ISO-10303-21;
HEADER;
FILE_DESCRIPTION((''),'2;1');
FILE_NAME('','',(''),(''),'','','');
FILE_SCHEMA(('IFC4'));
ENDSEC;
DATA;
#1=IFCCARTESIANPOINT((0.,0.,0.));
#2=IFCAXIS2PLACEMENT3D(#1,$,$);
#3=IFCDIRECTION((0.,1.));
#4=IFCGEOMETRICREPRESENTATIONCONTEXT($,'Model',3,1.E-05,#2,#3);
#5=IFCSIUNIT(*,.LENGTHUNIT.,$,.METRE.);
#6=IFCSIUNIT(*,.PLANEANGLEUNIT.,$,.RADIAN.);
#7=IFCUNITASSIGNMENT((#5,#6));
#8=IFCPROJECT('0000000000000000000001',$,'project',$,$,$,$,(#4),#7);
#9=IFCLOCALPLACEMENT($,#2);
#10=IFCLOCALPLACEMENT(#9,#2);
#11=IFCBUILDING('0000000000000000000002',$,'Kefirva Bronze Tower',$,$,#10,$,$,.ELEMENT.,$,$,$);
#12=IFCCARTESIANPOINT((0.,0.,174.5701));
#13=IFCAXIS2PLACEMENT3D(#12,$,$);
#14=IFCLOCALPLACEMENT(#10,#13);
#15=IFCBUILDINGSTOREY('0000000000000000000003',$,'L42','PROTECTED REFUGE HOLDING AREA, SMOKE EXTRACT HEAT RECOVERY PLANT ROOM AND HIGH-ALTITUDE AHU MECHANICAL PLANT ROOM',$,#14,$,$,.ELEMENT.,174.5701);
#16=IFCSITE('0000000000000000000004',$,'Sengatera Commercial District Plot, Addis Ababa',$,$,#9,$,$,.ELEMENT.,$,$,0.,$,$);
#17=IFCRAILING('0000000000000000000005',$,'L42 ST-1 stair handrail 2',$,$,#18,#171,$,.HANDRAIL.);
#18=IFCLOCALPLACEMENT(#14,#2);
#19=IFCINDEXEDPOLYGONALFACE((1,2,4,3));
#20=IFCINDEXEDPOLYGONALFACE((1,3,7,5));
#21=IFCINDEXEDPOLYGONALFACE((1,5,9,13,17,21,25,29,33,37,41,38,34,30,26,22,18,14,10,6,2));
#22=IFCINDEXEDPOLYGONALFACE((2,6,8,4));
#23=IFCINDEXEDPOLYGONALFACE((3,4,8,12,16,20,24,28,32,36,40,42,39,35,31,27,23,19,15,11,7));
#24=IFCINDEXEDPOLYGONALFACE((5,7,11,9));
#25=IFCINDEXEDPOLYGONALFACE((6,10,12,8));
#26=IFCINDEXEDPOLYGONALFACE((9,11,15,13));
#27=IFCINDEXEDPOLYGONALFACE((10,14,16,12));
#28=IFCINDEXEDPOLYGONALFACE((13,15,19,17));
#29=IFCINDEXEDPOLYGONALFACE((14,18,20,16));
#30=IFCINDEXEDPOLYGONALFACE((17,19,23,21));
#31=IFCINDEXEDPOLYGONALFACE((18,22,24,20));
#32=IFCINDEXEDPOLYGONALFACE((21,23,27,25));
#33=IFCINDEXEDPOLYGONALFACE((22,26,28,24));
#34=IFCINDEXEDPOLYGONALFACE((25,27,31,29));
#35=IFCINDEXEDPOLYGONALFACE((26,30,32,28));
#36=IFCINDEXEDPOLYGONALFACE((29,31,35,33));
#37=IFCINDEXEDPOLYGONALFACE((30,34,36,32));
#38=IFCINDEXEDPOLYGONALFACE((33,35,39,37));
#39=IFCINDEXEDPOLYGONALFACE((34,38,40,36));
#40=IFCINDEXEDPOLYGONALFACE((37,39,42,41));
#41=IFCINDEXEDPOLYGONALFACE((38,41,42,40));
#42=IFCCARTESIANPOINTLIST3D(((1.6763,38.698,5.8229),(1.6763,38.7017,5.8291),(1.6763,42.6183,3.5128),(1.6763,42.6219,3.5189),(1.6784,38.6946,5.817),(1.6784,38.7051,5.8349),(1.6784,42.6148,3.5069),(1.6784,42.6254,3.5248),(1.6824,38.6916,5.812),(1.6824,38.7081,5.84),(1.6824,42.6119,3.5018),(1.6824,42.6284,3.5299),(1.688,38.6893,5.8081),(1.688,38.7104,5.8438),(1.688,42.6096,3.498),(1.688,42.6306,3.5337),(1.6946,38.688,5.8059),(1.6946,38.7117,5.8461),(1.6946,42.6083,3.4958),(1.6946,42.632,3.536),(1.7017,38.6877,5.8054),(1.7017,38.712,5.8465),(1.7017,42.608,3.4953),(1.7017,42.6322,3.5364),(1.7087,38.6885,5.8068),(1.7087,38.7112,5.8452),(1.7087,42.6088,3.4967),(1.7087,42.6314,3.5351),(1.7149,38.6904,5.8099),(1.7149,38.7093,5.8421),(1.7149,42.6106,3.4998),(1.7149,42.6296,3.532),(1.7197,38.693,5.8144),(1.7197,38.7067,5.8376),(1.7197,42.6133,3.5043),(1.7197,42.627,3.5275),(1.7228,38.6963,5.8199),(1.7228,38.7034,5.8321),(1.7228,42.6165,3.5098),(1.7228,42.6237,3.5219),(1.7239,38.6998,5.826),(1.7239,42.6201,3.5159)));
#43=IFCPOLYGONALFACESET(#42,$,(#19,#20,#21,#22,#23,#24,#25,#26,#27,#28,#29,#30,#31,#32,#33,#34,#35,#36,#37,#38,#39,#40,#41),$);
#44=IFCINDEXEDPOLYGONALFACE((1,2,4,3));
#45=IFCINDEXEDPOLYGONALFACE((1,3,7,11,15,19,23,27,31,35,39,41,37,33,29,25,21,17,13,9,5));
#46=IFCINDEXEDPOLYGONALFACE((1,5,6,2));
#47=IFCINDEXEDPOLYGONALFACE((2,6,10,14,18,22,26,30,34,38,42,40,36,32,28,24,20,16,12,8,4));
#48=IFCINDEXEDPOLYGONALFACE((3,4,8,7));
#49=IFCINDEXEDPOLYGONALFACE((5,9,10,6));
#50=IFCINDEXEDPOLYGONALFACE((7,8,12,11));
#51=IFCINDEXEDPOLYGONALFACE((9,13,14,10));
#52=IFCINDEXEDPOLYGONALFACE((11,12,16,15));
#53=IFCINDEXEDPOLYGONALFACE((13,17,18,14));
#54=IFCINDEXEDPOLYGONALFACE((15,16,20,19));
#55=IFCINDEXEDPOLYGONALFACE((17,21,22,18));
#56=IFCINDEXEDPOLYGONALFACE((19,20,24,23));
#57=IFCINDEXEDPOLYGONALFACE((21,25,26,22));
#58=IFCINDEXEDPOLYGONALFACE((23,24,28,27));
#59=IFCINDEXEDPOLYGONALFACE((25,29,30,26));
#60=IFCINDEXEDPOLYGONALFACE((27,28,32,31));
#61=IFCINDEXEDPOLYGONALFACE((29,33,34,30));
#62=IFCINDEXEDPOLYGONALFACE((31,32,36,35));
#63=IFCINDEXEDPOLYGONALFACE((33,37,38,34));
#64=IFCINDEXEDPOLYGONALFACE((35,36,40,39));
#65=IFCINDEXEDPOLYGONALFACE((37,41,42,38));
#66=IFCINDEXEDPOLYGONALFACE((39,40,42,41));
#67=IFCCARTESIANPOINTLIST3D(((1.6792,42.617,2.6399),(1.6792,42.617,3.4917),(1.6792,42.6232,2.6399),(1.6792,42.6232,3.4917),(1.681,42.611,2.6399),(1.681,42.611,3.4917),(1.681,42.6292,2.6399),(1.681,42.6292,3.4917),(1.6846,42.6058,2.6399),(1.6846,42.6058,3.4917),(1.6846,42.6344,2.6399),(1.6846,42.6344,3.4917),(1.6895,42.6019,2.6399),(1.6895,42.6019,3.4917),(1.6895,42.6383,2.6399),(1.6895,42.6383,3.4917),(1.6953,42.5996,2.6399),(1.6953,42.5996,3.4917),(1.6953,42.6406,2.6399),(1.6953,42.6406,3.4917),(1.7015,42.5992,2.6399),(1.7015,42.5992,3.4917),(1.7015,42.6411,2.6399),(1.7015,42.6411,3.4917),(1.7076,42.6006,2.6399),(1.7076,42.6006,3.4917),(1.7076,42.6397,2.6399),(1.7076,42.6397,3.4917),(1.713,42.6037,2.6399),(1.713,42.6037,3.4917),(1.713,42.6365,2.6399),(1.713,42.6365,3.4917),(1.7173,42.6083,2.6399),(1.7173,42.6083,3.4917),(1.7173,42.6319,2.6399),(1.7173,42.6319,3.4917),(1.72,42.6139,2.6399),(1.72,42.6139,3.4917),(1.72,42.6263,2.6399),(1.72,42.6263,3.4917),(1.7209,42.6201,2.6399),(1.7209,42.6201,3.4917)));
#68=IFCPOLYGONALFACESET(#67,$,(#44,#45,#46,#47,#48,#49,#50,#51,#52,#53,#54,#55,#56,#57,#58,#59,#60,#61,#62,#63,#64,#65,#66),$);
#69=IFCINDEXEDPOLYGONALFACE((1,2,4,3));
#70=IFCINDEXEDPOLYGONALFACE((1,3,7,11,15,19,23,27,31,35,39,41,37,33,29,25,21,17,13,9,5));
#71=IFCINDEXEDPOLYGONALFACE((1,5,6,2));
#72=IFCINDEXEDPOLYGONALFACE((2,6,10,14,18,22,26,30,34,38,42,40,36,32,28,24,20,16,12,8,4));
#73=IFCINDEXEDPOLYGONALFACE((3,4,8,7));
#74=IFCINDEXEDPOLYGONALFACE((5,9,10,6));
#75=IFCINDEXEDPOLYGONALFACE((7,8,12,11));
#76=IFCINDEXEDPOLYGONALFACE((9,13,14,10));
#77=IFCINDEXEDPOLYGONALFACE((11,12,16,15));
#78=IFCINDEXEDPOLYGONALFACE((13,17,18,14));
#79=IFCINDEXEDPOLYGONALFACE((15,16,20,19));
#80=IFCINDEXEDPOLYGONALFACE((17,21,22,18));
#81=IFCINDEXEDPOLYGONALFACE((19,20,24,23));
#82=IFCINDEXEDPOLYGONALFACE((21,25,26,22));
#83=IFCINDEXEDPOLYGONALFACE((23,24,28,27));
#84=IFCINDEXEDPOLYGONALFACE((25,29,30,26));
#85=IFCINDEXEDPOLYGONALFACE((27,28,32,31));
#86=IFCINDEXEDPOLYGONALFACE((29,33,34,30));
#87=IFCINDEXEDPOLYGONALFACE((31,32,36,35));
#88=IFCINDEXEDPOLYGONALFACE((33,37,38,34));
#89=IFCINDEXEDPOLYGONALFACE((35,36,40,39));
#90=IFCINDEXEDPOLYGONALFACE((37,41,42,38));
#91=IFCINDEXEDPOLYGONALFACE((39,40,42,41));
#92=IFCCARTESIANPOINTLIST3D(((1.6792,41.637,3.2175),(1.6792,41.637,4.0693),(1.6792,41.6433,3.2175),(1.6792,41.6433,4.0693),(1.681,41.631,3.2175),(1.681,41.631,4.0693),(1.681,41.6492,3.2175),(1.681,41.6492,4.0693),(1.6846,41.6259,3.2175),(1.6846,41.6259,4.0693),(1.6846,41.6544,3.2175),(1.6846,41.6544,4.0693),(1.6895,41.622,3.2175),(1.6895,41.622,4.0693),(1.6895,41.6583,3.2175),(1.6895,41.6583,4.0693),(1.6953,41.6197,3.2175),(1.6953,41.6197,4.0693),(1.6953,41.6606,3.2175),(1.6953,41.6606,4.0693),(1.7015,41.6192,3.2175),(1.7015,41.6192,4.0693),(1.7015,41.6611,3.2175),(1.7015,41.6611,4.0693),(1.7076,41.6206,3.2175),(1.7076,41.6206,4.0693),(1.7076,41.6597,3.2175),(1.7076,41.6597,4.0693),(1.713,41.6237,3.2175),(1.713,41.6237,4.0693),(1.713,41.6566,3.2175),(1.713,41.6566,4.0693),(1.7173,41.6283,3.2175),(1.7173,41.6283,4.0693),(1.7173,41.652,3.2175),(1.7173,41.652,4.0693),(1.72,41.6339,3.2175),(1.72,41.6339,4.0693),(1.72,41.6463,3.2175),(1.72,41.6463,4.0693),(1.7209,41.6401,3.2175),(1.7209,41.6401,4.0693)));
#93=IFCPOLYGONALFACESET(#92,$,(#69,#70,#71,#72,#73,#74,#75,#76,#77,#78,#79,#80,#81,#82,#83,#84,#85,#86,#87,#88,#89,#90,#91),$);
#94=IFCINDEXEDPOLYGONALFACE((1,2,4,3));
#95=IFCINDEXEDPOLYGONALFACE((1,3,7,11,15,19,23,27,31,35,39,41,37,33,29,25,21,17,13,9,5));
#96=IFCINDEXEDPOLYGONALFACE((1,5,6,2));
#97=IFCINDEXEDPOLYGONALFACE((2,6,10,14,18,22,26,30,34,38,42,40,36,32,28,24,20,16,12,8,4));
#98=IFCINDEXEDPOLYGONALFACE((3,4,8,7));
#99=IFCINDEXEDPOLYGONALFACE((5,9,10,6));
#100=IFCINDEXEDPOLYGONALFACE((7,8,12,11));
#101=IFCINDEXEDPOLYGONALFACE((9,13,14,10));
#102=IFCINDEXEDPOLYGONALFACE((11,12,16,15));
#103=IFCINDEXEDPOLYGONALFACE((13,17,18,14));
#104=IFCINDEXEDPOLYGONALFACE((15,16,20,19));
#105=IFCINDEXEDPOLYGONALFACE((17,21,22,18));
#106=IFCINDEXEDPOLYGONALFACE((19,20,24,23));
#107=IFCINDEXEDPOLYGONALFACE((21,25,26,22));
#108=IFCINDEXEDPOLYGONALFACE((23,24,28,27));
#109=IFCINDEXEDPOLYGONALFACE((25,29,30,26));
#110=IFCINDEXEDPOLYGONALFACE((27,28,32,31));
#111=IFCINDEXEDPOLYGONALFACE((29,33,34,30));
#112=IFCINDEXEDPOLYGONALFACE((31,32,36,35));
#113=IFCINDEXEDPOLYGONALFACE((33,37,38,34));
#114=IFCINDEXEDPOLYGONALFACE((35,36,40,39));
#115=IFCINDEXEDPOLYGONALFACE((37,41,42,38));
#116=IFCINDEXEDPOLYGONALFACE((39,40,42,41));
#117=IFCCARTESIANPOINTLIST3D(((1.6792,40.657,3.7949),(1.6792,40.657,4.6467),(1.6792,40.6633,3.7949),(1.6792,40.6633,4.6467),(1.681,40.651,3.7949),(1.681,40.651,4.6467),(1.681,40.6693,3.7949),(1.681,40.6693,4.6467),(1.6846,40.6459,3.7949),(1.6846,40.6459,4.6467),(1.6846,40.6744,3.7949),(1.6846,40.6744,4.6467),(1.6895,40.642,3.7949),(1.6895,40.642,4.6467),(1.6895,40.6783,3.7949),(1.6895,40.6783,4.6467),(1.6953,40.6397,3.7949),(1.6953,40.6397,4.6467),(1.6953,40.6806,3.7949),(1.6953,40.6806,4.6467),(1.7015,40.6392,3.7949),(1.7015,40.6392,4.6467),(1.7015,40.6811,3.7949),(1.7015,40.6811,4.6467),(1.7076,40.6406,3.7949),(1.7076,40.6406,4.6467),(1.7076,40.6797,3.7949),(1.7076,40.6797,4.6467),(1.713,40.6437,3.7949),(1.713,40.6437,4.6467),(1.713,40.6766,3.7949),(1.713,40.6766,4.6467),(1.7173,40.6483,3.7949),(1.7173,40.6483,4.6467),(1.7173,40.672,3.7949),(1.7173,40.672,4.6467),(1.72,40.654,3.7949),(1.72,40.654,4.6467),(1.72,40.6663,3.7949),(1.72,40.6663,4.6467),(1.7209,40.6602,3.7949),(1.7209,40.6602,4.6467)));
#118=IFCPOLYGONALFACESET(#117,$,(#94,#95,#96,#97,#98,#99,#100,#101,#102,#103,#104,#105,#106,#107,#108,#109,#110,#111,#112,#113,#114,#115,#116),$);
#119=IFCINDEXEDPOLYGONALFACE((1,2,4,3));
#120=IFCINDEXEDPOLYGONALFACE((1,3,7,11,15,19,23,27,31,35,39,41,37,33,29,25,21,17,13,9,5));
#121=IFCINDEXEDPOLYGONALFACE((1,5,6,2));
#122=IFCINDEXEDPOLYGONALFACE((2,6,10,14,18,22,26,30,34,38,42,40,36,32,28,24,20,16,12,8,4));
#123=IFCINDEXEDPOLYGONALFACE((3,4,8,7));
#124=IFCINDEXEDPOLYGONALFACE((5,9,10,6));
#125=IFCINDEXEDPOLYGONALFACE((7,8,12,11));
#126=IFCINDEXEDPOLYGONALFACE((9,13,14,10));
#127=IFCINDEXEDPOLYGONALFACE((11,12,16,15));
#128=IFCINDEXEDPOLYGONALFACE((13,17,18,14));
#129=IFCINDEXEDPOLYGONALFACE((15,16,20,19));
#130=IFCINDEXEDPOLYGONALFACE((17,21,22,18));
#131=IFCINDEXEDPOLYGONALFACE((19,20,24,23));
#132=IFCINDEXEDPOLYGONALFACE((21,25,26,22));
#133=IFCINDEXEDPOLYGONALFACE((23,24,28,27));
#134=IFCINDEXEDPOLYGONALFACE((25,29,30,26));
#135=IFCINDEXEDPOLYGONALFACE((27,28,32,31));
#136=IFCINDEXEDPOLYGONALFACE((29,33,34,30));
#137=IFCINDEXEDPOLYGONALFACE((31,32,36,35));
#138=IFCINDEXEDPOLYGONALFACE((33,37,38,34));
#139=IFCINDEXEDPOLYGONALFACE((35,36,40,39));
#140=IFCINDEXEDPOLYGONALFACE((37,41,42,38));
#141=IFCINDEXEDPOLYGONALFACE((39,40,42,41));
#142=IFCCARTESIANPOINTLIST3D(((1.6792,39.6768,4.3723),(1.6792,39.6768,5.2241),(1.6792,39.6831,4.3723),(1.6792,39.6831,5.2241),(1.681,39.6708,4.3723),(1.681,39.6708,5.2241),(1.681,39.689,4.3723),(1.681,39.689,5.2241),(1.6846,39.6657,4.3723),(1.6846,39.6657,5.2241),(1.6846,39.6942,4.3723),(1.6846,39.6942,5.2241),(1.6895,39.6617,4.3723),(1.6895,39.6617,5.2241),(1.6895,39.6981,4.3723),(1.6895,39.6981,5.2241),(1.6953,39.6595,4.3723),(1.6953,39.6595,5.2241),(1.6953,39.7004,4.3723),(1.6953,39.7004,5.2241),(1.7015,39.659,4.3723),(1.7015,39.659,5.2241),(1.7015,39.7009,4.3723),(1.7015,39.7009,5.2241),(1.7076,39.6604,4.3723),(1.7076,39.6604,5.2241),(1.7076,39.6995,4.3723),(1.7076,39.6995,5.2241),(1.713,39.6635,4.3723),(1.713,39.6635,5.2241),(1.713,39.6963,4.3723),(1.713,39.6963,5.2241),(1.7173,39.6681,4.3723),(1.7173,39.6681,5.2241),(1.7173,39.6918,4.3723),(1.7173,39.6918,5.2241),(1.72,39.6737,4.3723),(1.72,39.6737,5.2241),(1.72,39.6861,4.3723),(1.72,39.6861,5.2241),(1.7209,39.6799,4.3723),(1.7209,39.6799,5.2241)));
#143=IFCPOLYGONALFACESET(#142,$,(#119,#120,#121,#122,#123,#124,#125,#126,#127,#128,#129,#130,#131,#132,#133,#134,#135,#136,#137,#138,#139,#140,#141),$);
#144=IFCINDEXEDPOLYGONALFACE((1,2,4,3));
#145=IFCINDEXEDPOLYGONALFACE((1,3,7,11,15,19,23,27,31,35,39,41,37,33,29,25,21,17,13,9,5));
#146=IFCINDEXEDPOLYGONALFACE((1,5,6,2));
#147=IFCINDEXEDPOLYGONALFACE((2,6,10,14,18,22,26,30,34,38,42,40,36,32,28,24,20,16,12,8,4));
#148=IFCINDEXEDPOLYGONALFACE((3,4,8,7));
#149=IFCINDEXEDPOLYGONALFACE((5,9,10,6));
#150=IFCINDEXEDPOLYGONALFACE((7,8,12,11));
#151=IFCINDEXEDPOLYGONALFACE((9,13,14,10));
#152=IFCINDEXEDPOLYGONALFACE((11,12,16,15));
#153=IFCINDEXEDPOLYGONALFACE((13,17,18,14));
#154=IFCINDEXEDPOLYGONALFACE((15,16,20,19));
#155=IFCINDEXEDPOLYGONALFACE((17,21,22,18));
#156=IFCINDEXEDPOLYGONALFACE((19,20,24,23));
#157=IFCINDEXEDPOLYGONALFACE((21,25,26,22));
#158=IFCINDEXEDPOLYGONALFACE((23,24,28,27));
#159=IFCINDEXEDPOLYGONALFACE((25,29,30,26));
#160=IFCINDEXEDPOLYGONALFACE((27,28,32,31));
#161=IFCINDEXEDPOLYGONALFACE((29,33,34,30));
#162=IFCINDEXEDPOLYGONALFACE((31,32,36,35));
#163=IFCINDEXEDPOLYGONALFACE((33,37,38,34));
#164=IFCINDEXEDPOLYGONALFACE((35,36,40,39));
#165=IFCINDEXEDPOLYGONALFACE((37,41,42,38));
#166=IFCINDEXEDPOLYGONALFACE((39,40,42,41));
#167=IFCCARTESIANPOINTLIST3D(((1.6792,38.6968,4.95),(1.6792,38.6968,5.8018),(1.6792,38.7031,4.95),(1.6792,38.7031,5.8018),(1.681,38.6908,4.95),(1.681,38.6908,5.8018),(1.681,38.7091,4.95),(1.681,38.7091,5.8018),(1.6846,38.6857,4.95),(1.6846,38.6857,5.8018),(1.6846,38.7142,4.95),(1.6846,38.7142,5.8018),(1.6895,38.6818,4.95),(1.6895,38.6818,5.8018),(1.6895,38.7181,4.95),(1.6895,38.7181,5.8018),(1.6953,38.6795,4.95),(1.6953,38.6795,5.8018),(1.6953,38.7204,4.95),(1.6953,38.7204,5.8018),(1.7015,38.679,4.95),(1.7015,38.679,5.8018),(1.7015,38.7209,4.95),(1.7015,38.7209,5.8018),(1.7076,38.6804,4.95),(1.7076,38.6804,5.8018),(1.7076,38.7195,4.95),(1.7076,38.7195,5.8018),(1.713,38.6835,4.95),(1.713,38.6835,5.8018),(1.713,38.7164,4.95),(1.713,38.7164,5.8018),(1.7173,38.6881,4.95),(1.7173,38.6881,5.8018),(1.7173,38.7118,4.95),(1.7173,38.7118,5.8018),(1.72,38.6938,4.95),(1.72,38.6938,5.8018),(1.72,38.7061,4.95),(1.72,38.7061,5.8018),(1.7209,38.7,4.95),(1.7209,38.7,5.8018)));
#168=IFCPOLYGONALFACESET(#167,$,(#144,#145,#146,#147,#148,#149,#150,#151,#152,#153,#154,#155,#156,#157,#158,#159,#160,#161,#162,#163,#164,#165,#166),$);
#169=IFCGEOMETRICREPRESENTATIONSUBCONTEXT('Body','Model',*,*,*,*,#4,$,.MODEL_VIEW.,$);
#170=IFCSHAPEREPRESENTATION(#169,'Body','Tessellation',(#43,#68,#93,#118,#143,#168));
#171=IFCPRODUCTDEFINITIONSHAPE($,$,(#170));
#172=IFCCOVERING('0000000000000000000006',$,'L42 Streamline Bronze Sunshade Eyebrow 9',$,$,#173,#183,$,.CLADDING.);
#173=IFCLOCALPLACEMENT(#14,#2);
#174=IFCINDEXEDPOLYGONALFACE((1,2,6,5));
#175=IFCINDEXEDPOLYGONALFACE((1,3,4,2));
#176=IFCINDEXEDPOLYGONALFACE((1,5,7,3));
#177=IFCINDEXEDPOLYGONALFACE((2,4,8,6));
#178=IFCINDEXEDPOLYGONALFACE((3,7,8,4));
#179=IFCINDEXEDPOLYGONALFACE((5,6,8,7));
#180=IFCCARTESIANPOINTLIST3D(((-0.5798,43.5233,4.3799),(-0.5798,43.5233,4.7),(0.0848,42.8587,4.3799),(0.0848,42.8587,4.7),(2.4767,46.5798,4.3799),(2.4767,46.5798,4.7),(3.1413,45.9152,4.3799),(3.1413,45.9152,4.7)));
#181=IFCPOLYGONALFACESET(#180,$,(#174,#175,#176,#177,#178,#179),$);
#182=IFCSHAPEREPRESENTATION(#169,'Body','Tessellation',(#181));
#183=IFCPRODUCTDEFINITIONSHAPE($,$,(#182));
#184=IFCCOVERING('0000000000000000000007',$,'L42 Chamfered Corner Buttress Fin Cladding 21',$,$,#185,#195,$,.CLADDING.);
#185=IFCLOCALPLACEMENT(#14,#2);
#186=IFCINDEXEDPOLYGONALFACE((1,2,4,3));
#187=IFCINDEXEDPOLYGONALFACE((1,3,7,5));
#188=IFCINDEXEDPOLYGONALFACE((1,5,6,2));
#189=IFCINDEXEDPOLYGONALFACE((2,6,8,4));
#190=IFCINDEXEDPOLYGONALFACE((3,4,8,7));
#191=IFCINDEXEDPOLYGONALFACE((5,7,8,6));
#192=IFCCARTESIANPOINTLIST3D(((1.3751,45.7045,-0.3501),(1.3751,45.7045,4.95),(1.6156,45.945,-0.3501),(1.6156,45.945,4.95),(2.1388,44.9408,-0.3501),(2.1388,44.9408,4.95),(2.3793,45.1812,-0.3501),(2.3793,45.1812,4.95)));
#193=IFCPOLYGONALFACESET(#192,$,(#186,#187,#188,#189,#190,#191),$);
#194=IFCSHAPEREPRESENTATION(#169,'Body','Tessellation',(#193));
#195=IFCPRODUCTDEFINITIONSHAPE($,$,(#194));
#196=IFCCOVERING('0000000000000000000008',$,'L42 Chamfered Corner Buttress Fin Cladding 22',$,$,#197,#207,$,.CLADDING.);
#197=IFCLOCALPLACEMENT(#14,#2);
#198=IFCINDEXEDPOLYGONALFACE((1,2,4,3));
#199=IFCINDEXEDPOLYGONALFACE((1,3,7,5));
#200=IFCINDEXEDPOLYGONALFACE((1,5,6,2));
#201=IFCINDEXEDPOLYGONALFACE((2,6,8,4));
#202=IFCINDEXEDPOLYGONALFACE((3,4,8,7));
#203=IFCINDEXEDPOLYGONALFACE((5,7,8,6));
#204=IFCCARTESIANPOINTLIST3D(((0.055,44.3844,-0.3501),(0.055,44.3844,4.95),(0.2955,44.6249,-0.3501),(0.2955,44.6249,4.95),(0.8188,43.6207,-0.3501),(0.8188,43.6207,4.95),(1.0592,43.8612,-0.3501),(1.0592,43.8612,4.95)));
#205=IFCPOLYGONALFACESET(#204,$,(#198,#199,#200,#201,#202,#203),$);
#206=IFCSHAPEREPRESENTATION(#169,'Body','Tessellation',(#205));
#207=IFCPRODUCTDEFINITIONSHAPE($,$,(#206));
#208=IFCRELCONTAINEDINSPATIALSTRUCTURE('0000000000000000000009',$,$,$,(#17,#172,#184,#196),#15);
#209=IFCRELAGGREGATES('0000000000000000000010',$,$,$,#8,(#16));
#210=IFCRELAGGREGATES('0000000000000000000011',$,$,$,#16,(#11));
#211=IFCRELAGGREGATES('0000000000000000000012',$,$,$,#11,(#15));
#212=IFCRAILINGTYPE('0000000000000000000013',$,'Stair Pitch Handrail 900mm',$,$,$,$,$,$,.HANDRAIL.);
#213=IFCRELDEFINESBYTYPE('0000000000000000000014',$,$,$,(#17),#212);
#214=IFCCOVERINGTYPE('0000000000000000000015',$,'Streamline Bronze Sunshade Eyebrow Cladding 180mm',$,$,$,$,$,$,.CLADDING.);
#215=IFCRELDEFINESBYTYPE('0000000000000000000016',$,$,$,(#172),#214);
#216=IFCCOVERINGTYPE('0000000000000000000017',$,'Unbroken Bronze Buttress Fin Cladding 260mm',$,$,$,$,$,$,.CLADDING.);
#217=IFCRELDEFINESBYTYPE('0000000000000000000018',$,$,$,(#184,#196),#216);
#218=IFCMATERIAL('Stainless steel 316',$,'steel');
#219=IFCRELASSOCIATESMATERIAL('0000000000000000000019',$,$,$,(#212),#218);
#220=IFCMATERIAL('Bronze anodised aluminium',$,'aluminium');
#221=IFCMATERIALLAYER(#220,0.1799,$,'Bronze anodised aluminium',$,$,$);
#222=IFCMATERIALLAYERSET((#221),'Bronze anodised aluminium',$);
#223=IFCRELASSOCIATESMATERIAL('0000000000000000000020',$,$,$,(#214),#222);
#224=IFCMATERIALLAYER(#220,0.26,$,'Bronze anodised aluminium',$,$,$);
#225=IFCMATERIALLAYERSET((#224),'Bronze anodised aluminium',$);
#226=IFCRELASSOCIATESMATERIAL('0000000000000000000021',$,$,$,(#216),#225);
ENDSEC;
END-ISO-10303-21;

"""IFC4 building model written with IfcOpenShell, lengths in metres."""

from ifc_helpers import new_model, si_unit, direction, frame, origin, origin_2d, place, context, subcontext, project, spatial, rectangle, circle, extrude, material, layer, layer_set, type_object, element, save


model = new_model("IFC4")

# Units and contexts
model_context = context("Model", 3, precision=1e-05, world=origin(), true_north=direction((0.0, 1.0)))
body_context = subcontext(model_context, "Body", "Model", "MODEL_VIEW")
ifc_project = project(units=[si_unit("LENGTHUNIT", "METRE"), si_unit("PLANEANGLEUNIT", "RADIAN")], contexts=[model_context])

# Site, building, storey
site_placement = place(None, origin())
site = spatial("IfcSite", under=ifc_project, at=site_placement, Name="Sengatera Commercial District Plot, Addis Ababa", CompositionType="ELEMENT", RefElevation=0.0)
building_placement = place(site_placement, origin())
building = spatial("IfcBuilding", under=site, at=building_placement, Name="Kefirva Bronze Tower", CompositionType="ELEMENT")
storey_placement = place(building_placement, frame((0.0, 0.0, 174.5701)))
storey = spatial("IfcBuildingStorey", under=building, at=storey_placement, Name="L42", Description="PROTECTED REFUGE HOLDING AREA, SMOKE EXTRACT HEAT RECOVERY PLANT ROOM AND HIGH-ALTITUDE AHU MECHANICAL PLANT ROOM", CompositionType="ELEMENT", Elevation=174.5701)

# Shared definitions
ifc_material_1 = material(Name="Bronze anodised aluminium", Category="aluminium")

# Railing
ifc_material_2 = material(Name="Stainless steel 316", Category="steel")
railing_type_1 = type_object("IfcRailingType", Name="Stair Pitch Handrail 900mm", PredefinedType="HANDRAIL", material=ifc_material_2)
railing_1_placement = place(storey_placement, frame((1.7, 42.6201, 2.6399)))
element("IfcRailing", 1, at=railing_1_placement, inside=storey, type_object=railing_type_1, Name="L42 ST-1 stair handrail 2", PredefinedType="HANDRAIL", context=body_context, shape_type="SweptSolid", body=[
    extrude(circle(Radius=0.0239, at=origin_2d()), frame((0.0, 0.0, 0.876), z_axis=(0.0, -0.861542, 0.507686), x_axis=(1.0, 0.0, 0.0)), (0.0, 0.0, 1.0), 4.5503),
    extrude(circle(Radius=0.021, at=origin_2d()), origin(), (0.0, 0.0, 1.0), 0.8518),
    extrude(circle(Radius=0.021, at=origin_2d()), frame((0.0, -0.98, 0.5776)), (0.0, 0.0, 1.0), 0.8518),
    extrude(circle(Radius=0.021, at=origin_2d()), frame((0.0, -1.96, 1.155)), (0.0, 0.0, 1.0), 0.8518),
    extrude(circle(Radius=0.021, at=origin_2d()), frame((0.0, -2.9402, 1.7324)), (0.0, 0.0, 1.0), 0.8518),
    extrude(circle(Radius=0.021, at=origin_2d()), frame((0.0, -3.9202, 2.3101)), (0.0, 0.0, 1.0), 0.8518),
])

# Coverings
ifc_layer_1 = layer(ifc_material_1, 0.1799, Name="Bronze anodised aluminium")
ifc_layer_set_1 = layer_set([ifc_layer_1], Name="Bronze anodised aluminium")
covering_type_1 = type_object("IfcCoveringType", Name="Streamline Bronze Sunshade Eyebrow Cladding 180mm", PredefinedType="CLADDING", material=ifc_layer_set_1)
covering_1_placement = place(storey_placement, frame((1.2808, 44.7192, 4.3799), z_axis=(0.0, 0.0, 1.0), x_axis=(-0.707107, -0.707107, 0.0)))
element("IfcCovering", 2, at=covering_1_placement, inside=storey, type_object=covering_type_1, Name="L42 Streamline Bronze Sunshade Eyebrow 9", PredefinedType="CLADDING", context=body_context, shape_type="SweptSolid", body=[
    extrude(rectangle(XDim=4.3225, YDim=0.9399, at=origin_2d()), origin(), (0.0, 0.0, 1.0), 0.3201),
])
ifc_layer_2 = layer(ifc_material_1, 0.26, Name="Bronze anodised aluminium")
ifc_layer_set_2 = layer_set([ifc_layer_2], Name="Bronze anodised aluminium")
covering_type_2 = type_object("IfcCoveringType", Name="Unbroken Bronze Buttress Fin Cladding 260mm", PredefinedType="CLADDING", material=ifc_layer_set_2)
for number, where, z_axis, x_axis, name in (
    (3, (1.8772, 45.4429, -0.3501), (0.0, 0.0, 1.0), (-0.707107, -0.707107, 0.0), "L42 Chamfered Corner Buttress Fin Cladding 21"),
    (4, (0.5571, 44.1228, -0.3501), (0.0, 0.0, 1.0), (-0.707107, -0.707107, 0.0), "L42 Chamfered Corner Buttress Fin Cladding 22"),
):
    element("IfcCovering", number, at=place(storey_placement, frame(where, z_axis=z_axis, x_axis=x_axis)), inside=storey, type_object=covering_type_2, Name=name, PredefinedType="CLADDING", context=body_context, shape_type="SweptSolid", body=[
        extrude(rectangle(XDim=0.3401, YDim=1.0801, at=origin_2d()), origin(), (0.0, 0.0, 1.0), 5.3),
    ])

save(model, "model.ifc")
